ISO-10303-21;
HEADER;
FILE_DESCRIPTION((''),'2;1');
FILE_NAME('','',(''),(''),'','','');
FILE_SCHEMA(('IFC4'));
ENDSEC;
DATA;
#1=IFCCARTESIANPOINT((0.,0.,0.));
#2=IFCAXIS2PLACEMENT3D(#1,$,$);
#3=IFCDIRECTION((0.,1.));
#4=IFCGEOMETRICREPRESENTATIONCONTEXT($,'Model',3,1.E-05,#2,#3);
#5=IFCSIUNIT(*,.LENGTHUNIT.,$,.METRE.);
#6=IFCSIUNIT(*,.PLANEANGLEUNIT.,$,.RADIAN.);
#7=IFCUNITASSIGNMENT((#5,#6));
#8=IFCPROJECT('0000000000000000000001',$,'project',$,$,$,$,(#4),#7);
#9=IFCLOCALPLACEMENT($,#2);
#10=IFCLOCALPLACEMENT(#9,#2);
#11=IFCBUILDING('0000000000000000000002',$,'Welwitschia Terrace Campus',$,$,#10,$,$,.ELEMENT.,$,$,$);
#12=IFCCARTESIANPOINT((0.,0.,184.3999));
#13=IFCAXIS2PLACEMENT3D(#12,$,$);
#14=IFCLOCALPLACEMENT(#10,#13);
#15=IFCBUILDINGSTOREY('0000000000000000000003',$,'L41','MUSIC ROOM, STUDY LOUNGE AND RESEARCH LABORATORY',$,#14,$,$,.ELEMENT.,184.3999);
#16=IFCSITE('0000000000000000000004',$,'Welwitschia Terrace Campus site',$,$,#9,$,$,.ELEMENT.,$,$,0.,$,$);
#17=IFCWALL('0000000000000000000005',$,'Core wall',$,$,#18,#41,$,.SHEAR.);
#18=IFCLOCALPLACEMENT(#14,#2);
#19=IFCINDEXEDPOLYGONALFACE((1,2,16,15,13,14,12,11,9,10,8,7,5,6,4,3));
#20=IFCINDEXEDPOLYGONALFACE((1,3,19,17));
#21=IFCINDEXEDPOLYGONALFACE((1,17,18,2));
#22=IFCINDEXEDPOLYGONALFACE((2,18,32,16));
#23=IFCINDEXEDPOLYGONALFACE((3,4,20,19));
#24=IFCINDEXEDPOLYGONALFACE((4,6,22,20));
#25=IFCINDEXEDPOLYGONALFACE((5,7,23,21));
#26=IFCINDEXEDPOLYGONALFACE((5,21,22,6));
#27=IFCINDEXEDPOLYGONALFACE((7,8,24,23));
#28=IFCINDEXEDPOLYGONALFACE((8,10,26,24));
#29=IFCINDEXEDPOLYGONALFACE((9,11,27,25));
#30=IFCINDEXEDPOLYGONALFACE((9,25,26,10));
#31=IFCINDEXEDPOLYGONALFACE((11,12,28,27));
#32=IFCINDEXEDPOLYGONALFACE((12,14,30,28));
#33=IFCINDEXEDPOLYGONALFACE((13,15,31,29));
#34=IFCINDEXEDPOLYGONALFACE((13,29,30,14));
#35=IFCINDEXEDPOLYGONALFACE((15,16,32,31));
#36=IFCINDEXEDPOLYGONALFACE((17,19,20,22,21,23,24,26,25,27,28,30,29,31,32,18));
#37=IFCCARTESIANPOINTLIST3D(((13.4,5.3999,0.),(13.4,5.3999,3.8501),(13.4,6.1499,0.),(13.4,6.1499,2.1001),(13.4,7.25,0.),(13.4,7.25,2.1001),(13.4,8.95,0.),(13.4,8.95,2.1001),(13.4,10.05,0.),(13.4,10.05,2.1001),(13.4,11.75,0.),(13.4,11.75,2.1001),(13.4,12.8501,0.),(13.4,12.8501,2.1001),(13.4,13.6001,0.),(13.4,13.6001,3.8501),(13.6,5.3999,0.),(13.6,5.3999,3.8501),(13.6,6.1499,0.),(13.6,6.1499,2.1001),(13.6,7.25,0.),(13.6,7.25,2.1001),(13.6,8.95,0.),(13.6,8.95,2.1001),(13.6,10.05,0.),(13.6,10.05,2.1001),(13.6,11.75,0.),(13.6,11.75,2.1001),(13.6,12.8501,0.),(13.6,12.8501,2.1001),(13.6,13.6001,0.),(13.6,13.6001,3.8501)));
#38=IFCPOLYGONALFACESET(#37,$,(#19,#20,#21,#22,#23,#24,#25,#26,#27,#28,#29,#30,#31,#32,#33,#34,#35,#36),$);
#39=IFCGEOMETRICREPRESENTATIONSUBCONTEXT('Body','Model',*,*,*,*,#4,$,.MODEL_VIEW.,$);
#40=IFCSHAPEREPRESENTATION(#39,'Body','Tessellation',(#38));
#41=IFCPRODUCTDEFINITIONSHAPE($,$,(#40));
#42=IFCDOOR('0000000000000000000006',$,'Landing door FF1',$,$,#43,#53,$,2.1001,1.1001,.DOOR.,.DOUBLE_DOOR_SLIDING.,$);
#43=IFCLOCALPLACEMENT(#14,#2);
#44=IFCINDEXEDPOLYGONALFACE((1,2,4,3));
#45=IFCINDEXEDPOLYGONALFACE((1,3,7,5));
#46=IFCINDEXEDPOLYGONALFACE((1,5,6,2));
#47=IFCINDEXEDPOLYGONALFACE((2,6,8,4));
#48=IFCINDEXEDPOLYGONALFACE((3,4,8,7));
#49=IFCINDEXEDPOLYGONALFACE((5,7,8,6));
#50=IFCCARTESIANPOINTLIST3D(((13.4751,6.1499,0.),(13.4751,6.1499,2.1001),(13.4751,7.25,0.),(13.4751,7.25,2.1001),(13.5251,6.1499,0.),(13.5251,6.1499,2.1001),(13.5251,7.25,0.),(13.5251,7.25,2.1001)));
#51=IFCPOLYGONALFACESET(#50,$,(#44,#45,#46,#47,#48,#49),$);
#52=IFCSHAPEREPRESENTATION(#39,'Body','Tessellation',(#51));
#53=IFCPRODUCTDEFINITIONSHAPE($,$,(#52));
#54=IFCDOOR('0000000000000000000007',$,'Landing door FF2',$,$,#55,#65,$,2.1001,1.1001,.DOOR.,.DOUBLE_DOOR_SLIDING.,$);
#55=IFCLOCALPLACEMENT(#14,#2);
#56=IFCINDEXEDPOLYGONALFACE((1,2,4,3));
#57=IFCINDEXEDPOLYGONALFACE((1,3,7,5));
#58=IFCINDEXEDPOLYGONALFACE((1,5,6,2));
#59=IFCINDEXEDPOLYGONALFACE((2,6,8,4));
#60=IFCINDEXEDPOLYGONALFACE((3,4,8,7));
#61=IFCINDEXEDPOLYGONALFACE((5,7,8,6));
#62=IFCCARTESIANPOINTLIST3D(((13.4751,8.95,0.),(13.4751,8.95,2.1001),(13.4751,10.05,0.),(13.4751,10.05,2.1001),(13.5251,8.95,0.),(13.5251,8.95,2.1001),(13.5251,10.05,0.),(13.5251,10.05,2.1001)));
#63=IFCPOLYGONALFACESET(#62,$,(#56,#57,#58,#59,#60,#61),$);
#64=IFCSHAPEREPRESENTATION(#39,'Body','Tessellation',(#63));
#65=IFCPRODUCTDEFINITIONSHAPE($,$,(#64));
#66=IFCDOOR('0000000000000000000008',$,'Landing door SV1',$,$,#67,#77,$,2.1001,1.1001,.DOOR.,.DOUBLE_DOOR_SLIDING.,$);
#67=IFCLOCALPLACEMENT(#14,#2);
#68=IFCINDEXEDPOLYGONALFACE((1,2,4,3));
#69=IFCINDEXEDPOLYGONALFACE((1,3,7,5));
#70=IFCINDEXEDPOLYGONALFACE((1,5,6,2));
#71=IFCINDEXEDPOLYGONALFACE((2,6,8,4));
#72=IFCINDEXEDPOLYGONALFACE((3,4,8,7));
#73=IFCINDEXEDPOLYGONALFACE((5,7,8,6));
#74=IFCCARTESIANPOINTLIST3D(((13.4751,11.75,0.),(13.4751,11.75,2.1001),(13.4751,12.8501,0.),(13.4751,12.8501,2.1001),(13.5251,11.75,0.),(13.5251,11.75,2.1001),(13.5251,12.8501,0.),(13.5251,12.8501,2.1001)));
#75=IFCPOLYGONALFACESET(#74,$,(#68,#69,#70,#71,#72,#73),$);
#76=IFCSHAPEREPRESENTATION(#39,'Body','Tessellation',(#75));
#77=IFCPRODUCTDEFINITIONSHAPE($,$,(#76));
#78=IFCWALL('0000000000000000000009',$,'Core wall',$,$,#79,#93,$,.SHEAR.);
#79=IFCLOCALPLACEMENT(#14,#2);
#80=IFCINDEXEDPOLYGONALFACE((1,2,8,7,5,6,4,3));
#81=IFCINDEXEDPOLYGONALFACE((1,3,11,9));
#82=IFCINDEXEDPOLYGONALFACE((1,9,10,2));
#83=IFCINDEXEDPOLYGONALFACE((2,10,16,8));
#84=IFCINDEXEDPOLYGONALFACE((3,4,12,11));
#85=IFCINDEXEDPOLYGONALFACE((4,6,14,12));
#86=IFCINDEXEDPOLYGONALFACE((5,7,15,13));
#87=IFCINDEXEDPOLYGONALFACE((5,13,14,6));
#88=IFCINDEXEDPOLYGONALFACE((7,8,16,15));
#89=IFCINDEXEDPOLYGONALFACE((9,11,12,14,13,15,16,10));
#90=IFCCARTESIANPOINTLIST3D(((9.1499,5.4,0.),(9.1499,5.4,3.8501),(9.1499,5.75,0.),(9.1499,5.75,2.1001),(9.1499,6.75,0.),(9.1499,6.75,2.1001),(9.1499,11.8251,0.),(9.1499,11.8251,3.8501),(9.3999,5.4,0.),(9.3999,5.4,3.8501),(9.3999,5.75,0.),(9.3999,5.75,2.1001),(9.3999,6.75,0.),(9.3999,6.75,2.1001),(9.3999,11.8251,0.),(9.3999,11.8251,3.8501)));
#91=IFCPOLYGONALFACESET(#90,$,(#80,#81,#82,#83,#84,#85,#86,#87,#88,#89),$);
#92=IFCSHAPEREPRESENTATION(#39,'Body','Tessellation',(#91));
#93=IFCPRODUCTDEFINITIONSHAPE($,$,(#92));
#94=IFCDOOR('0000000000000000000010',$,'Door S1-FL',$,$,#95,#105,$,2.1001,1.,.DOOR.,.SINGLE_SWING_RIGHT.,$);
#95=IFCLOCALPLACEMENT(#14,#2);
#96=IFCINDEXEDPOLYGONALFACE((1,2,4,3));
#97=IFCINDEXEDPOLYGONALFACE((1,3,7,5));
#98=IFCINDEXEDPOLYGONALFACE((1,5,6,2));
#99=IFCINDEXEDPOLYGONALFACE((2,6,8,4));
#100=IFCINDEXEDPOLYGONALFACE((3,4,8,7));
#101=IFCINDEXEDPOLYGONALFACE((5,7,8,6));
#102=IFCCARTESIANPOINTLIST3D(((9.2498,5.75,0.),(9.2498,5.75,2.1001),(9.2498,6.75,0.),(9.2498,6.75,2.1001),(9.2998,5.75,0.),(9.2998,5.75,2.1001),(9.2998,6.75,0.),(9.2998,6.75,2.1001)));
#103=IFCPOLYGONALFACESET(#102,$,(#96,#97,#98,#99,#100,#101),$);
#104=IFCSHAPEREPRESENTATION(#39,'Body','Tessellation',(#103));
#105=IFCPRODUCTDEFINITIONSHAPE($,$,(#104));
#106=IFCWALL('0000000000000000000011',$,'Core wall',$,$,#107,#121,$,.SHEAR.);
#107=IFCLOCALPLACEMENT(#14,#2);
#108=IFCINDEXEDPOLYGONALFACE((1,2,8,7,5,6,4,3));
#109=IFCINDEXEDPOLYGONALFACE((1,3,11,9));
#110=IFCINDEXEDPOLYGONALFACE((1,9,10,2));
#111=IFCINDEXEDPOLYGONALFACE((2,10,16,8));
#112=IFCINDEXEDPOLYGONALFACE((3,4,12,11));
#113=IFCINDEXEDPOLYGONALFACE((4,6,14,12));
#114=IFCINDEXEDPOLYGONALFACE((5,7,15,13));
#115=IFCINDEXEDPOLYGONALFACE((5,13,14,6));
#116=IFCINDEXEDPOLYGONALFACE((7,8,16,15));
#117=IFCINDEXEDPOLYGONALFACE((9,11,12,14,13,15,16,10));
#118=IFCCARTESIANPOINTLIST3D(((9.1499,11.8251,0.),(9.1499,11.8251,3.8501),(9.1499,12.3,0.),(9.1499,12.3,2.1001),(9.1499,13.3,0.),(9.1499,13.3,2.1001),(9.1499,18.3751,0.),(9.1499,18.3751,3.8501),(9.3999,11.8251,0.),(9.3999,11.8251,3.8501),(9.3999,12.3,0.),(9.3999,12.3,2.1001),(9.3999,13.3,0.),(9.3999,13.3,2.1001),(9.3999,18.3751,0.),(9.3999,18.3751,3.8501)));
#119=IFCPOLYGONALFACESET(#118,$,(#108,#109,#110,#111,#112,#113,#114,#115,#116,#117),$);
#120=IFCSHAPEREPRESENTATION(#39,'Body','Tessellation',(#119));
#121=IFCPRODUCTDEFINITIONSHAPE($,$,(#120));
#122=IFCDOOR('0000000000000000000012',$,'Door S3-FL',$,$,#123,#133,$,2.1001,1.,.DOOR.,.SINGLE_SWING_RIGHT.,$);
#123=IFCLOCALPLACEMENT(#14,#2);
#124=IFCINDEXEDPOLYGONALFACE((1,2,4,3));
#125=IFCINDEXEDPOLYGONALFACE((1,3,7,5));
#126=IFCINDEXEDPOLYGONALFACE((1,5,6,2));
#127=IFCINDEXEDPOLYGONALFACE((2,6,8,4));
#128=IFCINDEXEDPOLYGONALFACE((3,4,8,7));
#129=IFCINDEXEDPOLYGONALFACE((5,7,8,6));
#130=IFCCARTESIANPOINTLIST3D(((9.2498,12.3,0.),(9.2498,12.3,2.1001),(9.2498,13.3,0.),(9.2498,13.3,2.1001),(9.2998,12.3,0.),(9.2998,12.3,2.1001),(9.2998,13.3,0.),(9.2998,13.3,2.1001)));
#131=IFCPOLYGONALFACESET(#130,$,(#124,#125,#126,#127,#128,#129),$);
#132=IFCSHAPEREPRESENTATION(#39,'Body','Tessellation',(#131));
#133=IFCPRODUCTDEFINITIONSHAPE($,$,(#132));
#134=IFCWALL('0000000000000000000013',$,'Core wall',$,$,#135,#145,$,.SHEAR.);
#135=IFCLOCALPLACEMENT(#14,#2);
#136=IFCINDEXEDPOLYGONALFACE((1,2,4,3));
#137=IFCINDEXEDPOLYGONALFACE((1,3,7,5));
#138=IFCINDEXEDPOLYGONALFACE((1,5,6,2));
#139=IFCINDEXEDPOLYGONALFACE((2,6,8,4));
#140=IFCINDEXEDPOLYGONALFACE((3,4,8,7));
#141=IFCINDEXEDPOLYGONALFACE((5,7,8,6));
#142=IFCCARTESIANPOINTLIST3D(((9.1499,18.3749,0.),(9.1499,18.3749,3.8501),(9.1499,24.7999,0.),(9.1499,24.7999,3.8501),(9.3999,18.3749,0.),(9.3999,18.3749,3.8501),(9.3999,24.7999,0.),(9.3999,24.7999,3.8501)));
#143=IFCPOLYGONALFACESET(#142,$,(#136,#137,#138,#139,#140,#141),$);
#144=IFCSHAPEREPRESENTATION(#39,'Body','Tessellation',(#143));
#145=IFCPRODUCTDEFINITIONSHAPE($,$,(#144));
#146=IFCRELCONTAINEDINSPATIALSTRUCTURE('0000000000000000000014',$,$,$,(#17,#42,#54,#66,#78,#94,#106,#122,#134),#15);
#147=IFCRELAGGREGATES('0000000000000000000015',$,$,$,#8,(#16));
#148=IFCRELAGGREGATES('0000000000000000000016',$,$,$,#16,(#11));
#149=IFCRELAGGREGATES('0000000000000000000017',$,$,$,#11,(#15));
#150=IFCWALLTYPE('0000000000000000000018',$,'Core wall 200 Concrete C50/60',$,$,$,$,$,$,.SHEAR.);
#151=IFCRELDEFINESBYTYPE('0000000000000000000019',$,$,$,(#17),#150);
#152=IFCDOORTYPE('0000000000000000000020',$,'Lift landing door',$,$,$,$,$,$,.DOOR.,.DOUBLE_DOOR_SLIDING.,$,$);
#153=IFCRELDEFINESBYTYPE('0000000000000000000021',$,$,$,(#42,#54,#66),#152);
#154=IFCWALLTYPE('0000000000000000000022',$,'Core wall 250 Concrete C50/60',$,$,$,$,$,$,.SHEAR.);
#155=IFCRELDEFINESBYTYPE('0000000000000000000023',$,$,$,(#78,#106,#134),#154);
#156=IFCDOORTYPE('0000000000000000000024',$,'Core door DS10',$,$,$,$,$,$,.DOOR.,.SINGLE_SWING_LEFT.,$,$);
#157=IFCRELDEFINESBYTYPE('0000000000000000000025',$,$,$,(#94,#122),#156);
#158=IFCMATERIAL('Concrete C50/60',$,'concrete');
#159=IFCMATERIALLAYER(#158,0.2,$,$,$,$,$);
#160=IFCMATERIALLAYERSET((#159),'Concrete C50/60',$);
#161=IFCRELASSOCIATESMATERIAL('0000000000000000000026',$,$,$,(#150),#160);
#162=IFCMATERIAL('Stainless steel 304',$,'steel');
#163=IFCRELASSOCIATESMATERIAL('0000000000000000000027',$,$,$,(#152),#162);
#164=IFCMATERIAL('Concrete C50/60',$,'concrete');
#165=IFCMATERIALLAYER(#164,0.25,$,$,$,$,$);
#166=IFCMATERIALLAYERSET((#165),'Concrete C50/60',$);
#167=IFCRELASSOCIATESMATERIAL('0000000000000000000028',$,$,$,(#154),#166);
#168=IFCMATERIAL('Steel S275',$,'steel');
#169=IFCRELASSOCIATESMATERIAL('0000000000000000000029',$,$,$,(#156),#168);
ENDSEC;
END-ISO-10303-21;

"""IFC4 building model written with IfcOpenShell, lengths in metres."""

from ifc_helpers import new_model, si_unit, direction, frame, frame_2d, origin, place, context, subcontext, project, spatial, rectangle, extrude, material, layer, layer_set, type_object, element, fill, save


model = new_model("IFC4")

# Units and contexts
model_context = context("Model", 3, precision=1e-05, world=origin(), true_north=direction((0.0, 1.0)))
body_context = subcontext(model_context, "Body", "Model", "MODEL_VIEW")
ifc_project = project(units=[si_unit("LENGTHUNIT", "METRE"), si_unit("PLANEANGLEUNIT", "RADIAN")], contexts=[model_context])

# Site, building, storey
site_placement = place(None, origin())
site = spatial("IfcSite", under=ifc_project, at=site_placement, Name="Welwitschia Terrace Campus site", CompositionType="ELEMENT", RefElevation=0.0)
building_placement = place(site_placement, origin())
building = spatial("IfcBuilding", under=site, at=building_placement, Name="Welwitschia Terrace Campus", CompositionType="ELEMENT")
storey_placement = place(building_placement, frame((0.0, 0.0, 184.3999)))
storey = spatial("IfcBuildingStorey", under=building, at=storey_placement, Name="L41", Description="MUSIC ROOM, STUDY LOUNGE AND RESEARCH LABORATORY", CompositionType="ELEMENT", Elevation=184.3999)

# Shared definitions
ifc_material_1 = material(Name="Concrete C50/60", Category="concrete")
ifc_layer_1 = layer(ifc_material_1, 0.2)
ifc_layer_set_1 = layer_set([ifc_layer_1], Name="Concrete C50/60")
wall_type_1 = type_object("IfcWallType", Name="Core wall 200 Concrete C50/60", PredefinedType="SHEAR", material=ifc_layer_set_1)

# Wall, openings, doors
wall_1_placement = place(storey_placement, frame((13.5, 5.3999, 0.0), z_axis=(0.0, 0.0, 1.0), x_axis=(0.0, 1.0, 0.0)))
wall_1 = element("IfcWall", 1, at=wall_1_placement, inside=storey, type_object=wall_type_1, Name="Core wall", PredefinedType="SHEAR", context=body_context, shape_type="SweptSolid", body=[
    extrude(rectangle(XDim=8.2002, YDim=0.2, at=frame_2d((4.1001, 0.0))), origin(), (0.0, 0.0, 1.0), 3.8501),
])
opening_1_placement = place(wall_1_placement, frame((0.75, 0.0, 0.0)))
opening_1 = element("IfcOpeningElement", 2, at=opening_1_placement, cuts=wall_1, PredefinedType="OPENING", context=body_context, shape_type="SweptSolid", body=[
    extrude(rectangle(XDim=1.1001, YDim=2.1001, at=frame_2d((0.55, 1.05))), frame((0.0, 0.1099, 0.0), z_axis=(0.0, -1.0, 0.0), x_axis=(1.0, 0.0, 0.0)), (0.0, 0.0, 1.0), 0.22),
])
opening_2_placement = place(wall_1_placement, frame((3.55, 0.0, 0.0)))
opening_2 = element("IfcOpeningElement", 3, at=opening_2_placement, cuts=wall_1, PredefinedType="OPENING", context=body_context, shape_type="SweptSolid", body=[
    extrude(rectangle(XDim=1.1001, YDim=2.1001, at=frame_2d((0.55, 1.05))), frame((0.0, 0.1099, 0.0), z_axis=(0.0, -1.0, 0.0), x_axis=(1.0, 0.0, 0.0)), (0.0, 0.0, 1.0), 0.22),
])
opening_3_placement = place(wall_1_placement, frame((6.3501, 0.0, 0.0)))
opening_3 = element("IfcOpeningElement", 4, at=opening_3_placement, cuts=wall_1, PredefinedType="OPENING", context=body_context, shape_type="SweptSolid", body=[
    extrude(rectangle(XDim=1.1001, YDim=2.1001, at=frame_2d((0.55, 1.05))), frame((0.0, 0.1099, 0.0), z_axis=(0.0, -1.0, 0.0), x_axis=(1.0, 0.0, 0.0)), (0.0, 0.0, 1.0), 0.22),
])
ifc_material_2 = material(Name="Stainless steel 304", Category="steel")
door_type_1 = type_object("IfcDoorType", Name="Lift landing door", OperationType="DOUBLE_DOOR_SLIDING", PredefinedType="DOOR", material=ifc_material_2)
door_1_placement = place(opening_1_placement, origin())
door_1 = element("IfcDoor", 5, at=door_1_placement, inside=storey, type_object=door_type_1, Name="Landing door FF1", OperationType="DOUBLE_DOOR_SLIDING", OverallHeight=2.1001, OverallWidth=1.1001, PredefinedType="DOOR", context=body_context, shape_type="SweptSolid", body=[
    extrude(rectangle(XDim=1.1001, YDim=2.1001, at=frame_2d((0.55, 1.05))), frame((0.0, 0.0249, 0.0), z_axis=(0.0, -1.0, 0.0), x_axis=(1.0, 0.0, 0.0)), (0.0, 0.0, 1.0), 0.05),
])
fill(opening_1, door_1)
door_2_placement = place(opening_2_placement, origin())
door_2 = element("IfcDoor", 6, at=door_2_placement, inside=storey, type_object=door_type_1, Name="Landing door FF2", OperationType="DOUBLE_DOOR_SLIDING", OverallHeight=2.1001, OverallWidth=1.1001, PredefinedType="DOOR", context=body_context, shape_type="SweptSolid", body=[
    extrude(rectangle(XDim=1.1001, YDim=2.1001, at=frame_2d((0.55, 1.05))), frame((0.0, 0.0249, 0.0), z_axis=(0.0, -1.0, 0.0), x_axis=(1.0, 0.0, 0.0)), (0.0, 0.0, 1.0), 0.05),
])
fill(opening_2, door_2)
door_3_placement = place(opening_3_placement, origin())
door_3 = element("IfcDoor", 7, at=door_3_placement, inside=storey, type_object=door_type_1, Name="Landing door SV1", OperationType="DOUBLE_DOOR_SLIDING", OverallHeight=2.1001, OverallWidth=1.1001, PredefinedType="DOOR", context=body_context, shape_type="SweptSolid", body=[
    extrude(rectangle(XDim=1.1001, YDim=2.1001, at=frame_2d((0.55, 1.05))), frame((0.0, 0.0249, 0.0), z_axis=(0.0, -1.0, 0.0), x_axis=(1.0, 0.0, 0.0)), (0.0, 0.0, 1.0), 0.05),
])
fill(opening_3, door_3)

# Walls, openings, doors
ifc_material_3 = material(Name="Concrete C50/60", Category="concrete")
ifc_layer_2 = layer(ifc_material_3, 0.25)
ifc_layer_set_2 = layer_set([ifc_layer_2], Name="Concrete C50/60")
wall_type_2 = type_object("IfcWallType", Name="Core wall 250 Concrete C50/60", PredefinedType="SHEAR", material=ifc_layer_set_2)
wall_2_placement = place(storey_placement, frame((9.2749, 11.825, 0.0), z_axis=(0.0, 0.0, 1.0), x_axis=(0.0, -1.0, 0.0)))
wall_2 = element("IfcWall", 8, at=wall_2_placement, inside=storey, type_object=wall_type_2, Name="Core wall", PredefinedType="SHEAR", context=body_context, shape_type="SweptSolid", body=[
    extrude(rectangle(XDim=6.425, YDim=0.25, at=frame_2d((3.2124, 0.0))), origin(), (0.0, 0.0, 1.0), 3.8501),
])
opening_4_placement = place(wall_2_placement, frame((5.075, 0.0, 0.0)))
opening_4 = element("IfcOpeningElement", 9, at=opening_4_placement, cuts=wall_2, PredefinedType="OPENING", context=body_context, shape_type="SweptSolid", body=[
    extrude(rectangle(XDim=1.0, YDim=2.1001, at=frame_2d((0.5, 1.05))), frame((0.0, 0.135, 0.0), z_axis=(0.0, -1.0, 0.0), x_axis=(1.0, 0.0, 0.0)), (0.0, 0.0, 1.0), 0.27),
])
ifc_material_4 = material(Name="Steel S275", Category="steel")
door_type_2 = type_object("IfcDoorType", Name="Core door DS10", OperationType="SINGLE_SWING_LEFT", PredefinedType="DOOR", material=ifc_material_4)
door_4_placement = place(opening_4_placement, origin())
door_4 = element("IfcDoor", 10, at=door_4_placement, inside=storey, type_object=door_type_2, Name="Door S1-FL", OperationType="SINGLE_SWING_RIGHT", OverallHeight=2.1001, OverallWidth=1.0, PredefinedType="DOOR", context=body_context, shape_type="SweptSolid", body=[
    extrude(rectangle(XDim=1.0, YDim=2.1001, at=frame_2d((0.5, 1.05))), frame((0.0, 0.0249, 0.0), z_axis=(0.0, -1.0, 0.0), x_axis=(1.0, 0.0, 0.0)), (0.0, 0.0, 1.0), 0.05),
])
fill(opening_4, door_4)
wall_3_placement = place(storey_placement, frame((9.2749, 18.375, 0.0), z_axis=(0.0, 0.0, 1.0), x_axis=(0.0, -1.0, 0.0)))
wall_3 = element("IfcWall", 11, at=wall_3_placement, inside=storey, type_object=wall_type_2, Name="Core wall", PredefinedType="SHEAR", context=body_context, shape_type="SweptSolid", body=[
    extrude(rectangle(XDim=6.55, YDim=0.25, at=frame_2d((3.2749, 0.0))), origin(), (0.0, 0.0, 1.0), 3.8501),
])
opening_5_placement = place(wall_3_placement, frame((5.075, 0.0, 0.0)))
opening_5 = element("IfcOpeningElement", 12, at=opening_5_placement, cuts=wall_3, PredefinedType="OPENING", context=body_context, shape_type="SweptSolid", body=[
    extrude(rectangle(XDim=1.0, YDim=2.1001, at=frame_2d((0.5, 1.05))), frame((0.0, 0.135, 0.0), z_axis=(0.0, -1.0, 0.0), x_axis=(1.0, 0.0, 0.0)), (0.0, 0.0, 1.0), 0.27),
])
door_5_placement = place(opening_5_placement, origin())
door_5 = element("IfcDoor", 13, at=door_5_placement, inside=storey, type_object=door_type_2, Name="Door S3-FL", OperationType="SINGLE_SWING_RIGHT", OverallHeight=2.1001, OverallWidth=1.0, PredefinedType="DOOR", context=body_context, shape_type="SweptSolid", body=[
    extrude(rectangle(XDim=1.0, YDim=2.1001, at=frame_2d((0.5, 1.05))), frame((0.0, 0.0249, 0.0), z_axis=(0.0, -1.0, 0.0), x_axis=(1.0, 0.0, 0.0)), (0.0, 0.0, 1.0), 0.05),
])
fill(opening_5, door_5)

# Wall
wall_4_placement = place(storey_placement, frame((9.2749, 18.375, 0.0), z_axis=(0.0, 0.0, 1.0), x_axis=(0.0, 1.0, 0.0)))
element("IfcWall", 14, at=wall_4_placement, inside=storey, type_object=wall_type_2, Name="Core wall", PredefinedType="SHEAR", context=body_context, shape_type="SweptSolid", body=[
    extrude(rectangle(XDim=6.425, YDim=0.25, at=frame_2d((3.2124, 0.0))), origin(), (0.0, 0.0, 1.0), 3.8501),
])

save(model, "model.ifc")
